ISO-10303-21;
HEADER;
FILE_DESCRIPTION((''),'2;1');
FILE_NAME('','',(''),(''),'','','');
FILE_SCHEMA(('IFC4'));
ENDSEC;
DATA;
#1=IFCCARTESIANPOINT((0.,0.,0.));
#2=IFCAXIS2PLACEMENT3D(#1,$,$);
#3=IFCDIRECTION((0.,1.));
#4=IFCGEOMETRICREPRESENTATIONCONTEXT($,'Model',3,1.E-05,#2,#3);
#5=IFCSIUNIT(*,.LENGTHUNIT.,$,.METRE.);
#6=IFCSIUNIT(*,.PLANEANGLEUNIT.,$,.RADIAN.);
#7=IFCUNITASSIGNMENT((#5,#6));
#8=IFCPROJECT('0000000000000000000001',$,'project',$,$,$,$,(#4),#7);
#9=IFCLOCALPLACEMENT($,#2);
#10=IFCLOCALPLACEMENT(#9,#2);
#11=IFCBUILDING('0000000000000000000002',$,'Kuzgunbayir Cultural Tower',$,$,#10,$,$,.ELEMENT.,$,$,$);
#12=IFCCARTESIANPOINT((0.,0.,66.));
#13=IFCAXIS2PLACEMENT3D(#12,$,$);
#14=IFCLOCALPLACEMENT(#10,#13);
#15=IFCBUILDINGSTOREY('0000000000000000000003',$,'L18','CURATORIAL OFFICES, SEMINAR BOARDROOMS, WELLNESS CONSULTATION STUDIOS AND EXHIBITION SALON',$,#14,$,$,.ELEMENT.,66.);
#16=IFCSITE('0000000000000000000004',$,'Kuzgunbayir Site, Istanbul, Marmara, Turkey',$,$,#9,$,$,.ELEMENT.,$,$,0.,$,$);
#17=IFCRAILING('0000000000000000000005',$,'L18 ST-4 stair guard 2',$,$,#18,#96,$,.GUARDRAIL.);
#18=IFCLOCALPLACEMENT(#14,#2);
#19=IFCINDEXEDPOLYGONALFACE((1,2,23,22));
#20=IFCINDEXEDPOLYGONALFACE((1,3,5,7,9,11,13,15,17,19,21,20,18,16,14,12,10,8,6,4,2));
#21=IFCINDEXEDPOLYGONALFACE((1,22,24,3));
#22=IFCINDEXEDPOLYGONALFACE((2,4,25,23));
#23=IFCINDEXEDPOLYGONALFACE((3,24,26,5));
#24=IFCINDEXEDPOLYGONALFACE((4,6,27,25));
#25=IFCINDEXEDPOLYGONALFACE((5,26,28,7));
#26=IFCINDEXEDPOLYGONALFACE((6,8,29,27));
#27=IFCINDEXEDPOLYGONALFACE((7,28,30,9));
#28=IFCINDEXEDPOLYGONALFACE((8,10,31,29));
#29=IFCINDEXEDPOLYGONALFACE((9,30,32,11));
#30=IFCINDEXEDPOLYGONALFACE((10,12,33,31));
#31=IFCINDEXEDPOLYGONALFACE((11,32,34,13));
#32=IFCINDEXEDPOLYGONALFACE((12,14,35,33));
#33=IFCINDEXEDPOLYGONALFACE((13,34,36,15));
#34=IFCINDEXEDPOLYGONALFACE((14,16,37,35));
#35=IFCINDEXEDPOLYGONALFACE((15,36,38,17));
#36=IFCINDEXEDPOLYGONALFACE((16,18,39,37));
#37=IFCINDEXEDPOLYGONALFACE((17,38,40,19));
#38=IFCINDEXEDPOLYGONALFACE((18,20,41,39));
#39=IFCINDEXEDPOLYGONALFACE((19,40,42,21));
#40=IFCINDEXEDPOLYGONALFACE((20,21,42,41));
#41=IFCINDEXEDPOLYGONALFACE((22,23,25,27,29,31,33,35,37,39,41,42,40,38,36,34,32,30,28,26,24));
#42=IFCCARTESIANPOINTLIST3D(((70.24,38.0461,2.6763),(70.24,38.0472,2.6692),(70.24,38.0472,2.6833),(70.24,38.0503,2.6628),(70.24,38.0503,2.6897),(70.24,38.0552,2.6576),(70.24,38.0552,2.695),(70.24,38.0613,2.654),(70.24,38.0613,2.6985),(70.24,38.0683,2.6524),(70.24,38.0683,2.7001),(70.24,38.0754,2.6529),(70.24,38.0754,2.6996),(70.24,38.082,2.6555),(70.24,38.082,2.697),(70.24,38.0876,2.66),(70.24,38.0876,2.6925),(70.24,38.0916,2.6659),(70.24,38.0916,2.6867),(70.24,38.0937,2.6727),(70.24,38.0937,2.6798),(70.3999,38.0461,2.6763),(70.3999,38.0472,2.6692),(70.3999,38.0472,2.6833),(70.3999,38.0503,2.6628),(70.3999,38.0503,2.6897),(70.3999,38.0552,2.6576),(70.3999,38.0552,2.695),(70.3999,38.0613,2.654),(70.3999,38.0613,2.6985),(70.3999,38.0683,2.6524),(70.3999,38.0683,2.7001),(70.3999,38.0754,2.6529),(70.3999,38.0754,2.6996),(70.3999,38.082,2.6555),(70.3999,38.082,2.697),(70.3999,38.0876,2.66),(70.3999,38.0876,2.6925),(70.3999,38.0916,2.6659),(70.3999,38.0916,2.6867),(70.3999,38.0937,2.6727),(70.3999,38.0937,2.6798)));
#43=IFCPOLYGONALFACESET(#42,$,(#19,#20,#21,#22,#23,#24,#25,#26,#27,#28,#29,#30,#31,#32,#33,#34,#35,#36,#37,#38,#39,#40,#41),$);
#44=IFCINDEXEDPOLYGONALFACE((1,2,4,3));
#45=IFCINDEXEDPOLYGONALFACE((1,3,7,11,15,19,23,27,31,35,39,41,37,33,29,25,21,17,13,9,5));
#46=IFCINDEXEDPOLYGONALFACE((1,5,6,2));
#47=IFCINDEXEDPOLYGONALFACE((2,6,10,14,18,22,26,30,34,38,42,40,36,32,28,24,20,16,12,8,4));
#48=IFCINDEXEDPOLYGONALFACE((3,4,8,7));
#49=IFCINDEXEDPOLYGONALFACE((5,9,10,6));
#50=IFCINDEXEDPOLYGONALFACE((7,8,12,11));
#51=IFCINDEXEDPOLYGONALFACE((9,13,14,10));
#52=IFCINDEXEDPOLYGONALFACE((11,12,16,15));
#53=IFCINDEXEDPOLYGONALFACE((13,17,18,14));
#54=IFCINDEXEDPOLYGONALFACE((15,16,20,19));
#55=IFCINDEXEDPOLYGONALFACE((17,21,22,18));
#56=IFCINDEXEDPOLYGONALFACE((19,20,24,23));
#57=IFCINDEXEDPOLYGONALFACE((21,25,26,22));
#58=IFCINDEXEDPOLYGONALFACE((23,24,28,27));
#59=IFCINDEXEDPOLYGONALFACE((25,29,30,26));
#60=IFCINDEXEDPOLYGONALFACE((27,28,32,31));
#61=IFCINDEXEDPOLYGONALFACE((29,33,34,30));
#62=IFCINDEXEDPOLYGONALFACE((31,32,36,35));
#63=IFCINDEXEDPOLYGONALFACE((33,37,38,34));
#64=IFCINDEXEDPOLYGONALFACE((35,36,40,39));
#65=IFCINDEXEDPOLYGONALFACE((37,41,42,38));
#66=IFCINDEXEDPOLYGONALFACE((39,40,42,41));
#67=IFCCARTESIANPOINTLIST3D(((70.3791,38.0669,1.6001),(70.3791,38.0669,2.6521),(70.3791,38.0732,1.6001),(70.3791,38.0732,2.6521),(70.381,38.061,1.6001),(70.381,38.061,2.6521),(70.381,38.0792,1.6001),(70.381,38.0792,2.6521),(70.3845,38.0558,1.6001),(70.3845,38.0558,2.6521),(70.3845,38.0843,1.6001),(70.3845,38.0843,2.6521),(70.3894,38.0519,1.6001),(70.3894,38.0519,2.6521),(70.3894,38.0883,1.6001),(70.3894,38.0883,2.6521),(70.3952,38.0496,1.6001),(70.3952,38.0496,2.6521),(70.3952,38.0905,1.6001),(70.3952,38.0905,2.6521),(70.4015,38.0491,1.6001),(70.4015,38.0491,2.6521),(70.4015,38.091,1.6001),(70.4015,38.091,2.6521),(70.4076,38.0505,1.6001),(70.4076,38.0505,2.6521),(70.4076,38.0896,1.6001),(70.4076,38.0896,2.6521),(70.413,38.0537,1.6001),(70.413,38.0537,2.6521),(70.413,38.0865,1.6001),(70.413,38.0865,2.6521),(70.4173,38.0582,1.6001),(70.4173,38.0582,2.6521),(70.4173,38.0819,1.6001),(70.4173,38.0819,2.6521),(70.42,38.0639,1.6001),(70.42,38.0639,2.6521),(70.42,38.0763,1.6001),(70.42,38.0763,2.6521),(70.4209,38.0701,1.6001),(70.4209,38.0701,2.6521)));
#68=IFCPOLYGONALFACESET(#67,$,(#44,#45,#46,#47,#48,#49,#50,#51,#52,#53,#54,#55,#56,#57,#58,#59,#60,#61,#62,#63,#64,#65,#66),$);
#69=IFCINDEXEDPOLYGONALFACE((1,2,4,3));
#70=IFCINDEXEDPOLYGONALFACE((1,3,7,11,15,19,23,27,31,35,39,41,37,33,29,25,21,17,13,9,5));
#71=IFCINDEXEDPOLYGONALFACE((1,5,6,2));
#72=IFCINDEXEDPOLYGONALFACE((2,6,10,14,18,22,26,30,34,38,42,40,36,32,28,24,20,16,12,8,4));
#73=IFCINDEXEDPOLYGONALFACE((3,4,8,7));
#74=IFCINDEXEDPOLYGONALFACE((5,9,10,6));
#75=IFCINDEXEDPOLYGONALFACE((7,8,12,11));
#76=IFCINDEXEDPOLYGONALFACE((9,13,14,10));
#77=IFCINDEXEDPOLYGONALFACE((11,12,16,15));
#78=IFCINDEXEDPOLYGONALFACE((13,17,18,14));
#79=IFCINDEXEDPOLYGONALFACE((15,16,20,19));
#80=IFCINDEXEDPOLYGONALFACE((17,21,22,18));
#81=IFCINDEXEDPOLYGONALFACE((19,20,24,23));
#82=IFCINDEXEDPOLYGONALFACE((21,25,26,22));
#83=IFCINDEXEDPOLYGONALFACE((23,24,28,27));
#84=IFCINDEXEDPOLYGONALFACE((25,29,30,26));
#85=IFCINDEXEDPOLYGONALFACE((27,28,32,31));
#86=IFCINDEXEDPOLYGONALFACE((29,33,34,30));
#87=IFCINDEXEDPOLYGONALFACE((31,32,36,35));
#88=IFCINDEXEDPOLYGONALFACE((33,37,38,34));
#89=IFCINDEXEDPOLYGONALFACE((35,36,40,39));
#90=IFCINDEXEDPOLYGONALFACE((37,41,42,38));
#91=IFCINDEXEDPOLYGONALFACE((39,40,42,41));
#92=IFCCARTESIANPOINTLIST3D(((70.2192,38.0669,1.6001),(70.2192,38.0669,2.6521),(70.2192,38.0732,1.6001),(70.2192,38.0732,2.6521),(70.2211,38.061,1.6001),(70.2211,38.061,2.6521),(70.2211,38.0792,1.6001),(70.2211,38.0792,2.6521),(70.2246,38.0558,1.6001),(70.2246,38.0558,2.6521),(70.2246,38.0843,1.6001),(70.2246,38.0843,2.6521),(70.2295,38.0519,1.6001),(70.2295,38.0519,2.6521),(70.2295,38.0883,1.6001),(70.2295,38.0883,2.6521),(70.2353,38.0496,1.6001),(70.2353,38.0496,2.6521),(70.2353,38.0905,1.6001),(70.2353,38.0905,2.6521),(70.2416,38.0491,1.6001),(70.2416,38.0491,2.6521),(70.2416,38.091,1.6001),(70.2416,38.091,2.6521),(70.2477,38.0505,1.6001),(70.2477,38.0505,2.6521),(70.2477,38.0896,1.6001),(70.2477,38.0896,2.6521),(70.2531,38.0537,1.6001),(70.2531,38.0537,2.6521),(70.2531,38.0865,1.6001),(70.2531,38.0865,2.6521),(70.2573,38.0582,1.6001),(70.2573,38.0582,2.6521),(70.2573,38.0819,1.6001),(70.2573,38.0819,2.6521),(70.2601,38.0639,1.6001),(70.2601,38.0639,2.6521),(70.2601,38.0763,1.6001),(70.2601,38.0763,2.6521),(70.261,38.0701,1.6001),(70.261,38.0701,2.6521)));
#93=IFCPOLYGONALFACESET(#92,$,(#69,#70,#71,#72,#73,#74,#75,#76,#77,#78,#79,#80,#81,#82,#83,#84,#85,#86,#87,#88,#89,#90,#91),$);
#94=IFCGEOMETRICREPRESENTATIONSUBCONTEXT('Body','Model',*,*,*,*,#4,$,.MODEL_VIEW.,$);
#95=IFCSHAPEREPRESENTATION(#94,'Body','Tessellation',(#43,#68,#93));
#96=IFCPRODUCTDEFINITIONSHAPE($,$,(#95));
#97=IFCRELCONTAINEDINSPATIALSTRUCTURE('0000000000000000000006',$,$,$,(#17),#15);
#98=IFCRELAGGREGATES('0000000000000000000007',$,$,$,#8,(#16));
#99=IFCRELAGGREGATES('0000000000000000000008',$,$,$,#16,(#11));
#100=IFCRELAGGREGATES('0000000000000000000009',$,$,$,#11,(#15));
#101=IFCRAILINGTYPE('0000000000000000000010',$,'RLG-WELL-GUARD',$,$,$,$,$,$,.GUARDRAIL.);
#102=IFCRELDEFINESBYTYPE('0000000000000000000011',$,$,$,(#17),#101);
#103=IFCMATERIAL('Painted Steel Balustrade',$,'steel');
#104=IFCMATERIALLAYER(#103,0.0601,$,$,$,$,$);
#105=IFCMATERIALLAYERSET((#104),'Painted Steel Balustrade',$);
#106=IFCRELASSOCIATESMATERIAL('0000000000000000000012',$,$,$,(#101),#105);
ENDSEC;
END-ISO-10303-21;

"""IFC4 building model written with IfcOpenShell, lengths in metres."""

from ifc_helpers import new_model, si_unit, direction, frame, origin, origin_2d, place, context, subcontext, project, spatial, circle, extrude, material, layer, layer_set, type_object, element, save


model = new_model("IFC4")

# Units and contexts
model_context = context("Model", 3, precision=1e-05, world=origin(), true_north=direction((0.0, 1.0)))
body_context = subcontext(model_context, "Body", "Model", "MODEL_VIEW")
ifc_project = project(units=[si_unit("LENGTHUNIT", "METRE"), si_unit("PLANEANGLEUNIT", "RADIAN")], contexts=[model_context])

# Site, building, storey
site_placement = place(None, origin())
site = spatial("IfcSite", under=ifc_project, at=site_placement, Name="Kuzgunbayir Site, Istanbul, Marmara, Turkey", CompositionType="ELEMENT", RefElevation=0.0)
building_placement = place(site_placement, origin())
building = spatial("IfcBuilding", under=site, at=building_placement, Name="Kuzgunbayir Cultural Tower", CompositionType="ELEMENT")
storey_placement = place(building_placement, frame((0.0, 0.0, 66.0)))
storey = spatial("IfcBuildingStorey", under=building, at=storey_placement, Name="L18", Description="CURATORIAL OFFICES, SEMINAR BOARDROOMS, WELLNESS CONSULTATION STUDIOS AND EXHIBITION SALON", CompositionType="ELEMENT", Elevation=66.0)

# Railing
ifc_material_1 = material(Name="Painted Steel Balustrade", Category="steel")
ifc_layer_1 = layer(ifc_material_1, 0.0601)
ifc_layer_set_1 = layer_set([ifc_layer_1], Name="Painted Steel Balustrade")
railing_type_1 = type_object("IfcRailingType", Name="RLG-WELL-GUARD", PredefinedType="GUARDRAIL", material=ifc_layer_set_1)
railing_1_placement = place(storey_placement, frame((70.3999, 38.0701, 1.6001)))
element("IfcRailing", 1, at=railing_1_placement, inside=storey, type_object=railing_type_1, Name="L18 ST-4 stair guard 2", PredefinedType="GUARDRAIL", context=body_context, shape_type="SweptSolid", body=[
    extrude(circle(Radius=0.0239, at=origin_2d()), frame((0.0, 0.0, 1.0762), z_axis=(-1.0, 0.0, 0.0), x_axis=(0.0, -1.0, 0.0)), (0.0, 0.0, 1.0), 0.1599),
    extrude(circle(Radius=0.021, at=origin_2d()), origin(), (0.0, 0.0, 1.0), 1.052),
    extrude(circle(Radius=0.021, at=origin_2d()), frame((-0.1599, 0.0, 0.0)), (0.0, 0.0, 1.0), 1.052),
])

save(model, "model.ifc")
